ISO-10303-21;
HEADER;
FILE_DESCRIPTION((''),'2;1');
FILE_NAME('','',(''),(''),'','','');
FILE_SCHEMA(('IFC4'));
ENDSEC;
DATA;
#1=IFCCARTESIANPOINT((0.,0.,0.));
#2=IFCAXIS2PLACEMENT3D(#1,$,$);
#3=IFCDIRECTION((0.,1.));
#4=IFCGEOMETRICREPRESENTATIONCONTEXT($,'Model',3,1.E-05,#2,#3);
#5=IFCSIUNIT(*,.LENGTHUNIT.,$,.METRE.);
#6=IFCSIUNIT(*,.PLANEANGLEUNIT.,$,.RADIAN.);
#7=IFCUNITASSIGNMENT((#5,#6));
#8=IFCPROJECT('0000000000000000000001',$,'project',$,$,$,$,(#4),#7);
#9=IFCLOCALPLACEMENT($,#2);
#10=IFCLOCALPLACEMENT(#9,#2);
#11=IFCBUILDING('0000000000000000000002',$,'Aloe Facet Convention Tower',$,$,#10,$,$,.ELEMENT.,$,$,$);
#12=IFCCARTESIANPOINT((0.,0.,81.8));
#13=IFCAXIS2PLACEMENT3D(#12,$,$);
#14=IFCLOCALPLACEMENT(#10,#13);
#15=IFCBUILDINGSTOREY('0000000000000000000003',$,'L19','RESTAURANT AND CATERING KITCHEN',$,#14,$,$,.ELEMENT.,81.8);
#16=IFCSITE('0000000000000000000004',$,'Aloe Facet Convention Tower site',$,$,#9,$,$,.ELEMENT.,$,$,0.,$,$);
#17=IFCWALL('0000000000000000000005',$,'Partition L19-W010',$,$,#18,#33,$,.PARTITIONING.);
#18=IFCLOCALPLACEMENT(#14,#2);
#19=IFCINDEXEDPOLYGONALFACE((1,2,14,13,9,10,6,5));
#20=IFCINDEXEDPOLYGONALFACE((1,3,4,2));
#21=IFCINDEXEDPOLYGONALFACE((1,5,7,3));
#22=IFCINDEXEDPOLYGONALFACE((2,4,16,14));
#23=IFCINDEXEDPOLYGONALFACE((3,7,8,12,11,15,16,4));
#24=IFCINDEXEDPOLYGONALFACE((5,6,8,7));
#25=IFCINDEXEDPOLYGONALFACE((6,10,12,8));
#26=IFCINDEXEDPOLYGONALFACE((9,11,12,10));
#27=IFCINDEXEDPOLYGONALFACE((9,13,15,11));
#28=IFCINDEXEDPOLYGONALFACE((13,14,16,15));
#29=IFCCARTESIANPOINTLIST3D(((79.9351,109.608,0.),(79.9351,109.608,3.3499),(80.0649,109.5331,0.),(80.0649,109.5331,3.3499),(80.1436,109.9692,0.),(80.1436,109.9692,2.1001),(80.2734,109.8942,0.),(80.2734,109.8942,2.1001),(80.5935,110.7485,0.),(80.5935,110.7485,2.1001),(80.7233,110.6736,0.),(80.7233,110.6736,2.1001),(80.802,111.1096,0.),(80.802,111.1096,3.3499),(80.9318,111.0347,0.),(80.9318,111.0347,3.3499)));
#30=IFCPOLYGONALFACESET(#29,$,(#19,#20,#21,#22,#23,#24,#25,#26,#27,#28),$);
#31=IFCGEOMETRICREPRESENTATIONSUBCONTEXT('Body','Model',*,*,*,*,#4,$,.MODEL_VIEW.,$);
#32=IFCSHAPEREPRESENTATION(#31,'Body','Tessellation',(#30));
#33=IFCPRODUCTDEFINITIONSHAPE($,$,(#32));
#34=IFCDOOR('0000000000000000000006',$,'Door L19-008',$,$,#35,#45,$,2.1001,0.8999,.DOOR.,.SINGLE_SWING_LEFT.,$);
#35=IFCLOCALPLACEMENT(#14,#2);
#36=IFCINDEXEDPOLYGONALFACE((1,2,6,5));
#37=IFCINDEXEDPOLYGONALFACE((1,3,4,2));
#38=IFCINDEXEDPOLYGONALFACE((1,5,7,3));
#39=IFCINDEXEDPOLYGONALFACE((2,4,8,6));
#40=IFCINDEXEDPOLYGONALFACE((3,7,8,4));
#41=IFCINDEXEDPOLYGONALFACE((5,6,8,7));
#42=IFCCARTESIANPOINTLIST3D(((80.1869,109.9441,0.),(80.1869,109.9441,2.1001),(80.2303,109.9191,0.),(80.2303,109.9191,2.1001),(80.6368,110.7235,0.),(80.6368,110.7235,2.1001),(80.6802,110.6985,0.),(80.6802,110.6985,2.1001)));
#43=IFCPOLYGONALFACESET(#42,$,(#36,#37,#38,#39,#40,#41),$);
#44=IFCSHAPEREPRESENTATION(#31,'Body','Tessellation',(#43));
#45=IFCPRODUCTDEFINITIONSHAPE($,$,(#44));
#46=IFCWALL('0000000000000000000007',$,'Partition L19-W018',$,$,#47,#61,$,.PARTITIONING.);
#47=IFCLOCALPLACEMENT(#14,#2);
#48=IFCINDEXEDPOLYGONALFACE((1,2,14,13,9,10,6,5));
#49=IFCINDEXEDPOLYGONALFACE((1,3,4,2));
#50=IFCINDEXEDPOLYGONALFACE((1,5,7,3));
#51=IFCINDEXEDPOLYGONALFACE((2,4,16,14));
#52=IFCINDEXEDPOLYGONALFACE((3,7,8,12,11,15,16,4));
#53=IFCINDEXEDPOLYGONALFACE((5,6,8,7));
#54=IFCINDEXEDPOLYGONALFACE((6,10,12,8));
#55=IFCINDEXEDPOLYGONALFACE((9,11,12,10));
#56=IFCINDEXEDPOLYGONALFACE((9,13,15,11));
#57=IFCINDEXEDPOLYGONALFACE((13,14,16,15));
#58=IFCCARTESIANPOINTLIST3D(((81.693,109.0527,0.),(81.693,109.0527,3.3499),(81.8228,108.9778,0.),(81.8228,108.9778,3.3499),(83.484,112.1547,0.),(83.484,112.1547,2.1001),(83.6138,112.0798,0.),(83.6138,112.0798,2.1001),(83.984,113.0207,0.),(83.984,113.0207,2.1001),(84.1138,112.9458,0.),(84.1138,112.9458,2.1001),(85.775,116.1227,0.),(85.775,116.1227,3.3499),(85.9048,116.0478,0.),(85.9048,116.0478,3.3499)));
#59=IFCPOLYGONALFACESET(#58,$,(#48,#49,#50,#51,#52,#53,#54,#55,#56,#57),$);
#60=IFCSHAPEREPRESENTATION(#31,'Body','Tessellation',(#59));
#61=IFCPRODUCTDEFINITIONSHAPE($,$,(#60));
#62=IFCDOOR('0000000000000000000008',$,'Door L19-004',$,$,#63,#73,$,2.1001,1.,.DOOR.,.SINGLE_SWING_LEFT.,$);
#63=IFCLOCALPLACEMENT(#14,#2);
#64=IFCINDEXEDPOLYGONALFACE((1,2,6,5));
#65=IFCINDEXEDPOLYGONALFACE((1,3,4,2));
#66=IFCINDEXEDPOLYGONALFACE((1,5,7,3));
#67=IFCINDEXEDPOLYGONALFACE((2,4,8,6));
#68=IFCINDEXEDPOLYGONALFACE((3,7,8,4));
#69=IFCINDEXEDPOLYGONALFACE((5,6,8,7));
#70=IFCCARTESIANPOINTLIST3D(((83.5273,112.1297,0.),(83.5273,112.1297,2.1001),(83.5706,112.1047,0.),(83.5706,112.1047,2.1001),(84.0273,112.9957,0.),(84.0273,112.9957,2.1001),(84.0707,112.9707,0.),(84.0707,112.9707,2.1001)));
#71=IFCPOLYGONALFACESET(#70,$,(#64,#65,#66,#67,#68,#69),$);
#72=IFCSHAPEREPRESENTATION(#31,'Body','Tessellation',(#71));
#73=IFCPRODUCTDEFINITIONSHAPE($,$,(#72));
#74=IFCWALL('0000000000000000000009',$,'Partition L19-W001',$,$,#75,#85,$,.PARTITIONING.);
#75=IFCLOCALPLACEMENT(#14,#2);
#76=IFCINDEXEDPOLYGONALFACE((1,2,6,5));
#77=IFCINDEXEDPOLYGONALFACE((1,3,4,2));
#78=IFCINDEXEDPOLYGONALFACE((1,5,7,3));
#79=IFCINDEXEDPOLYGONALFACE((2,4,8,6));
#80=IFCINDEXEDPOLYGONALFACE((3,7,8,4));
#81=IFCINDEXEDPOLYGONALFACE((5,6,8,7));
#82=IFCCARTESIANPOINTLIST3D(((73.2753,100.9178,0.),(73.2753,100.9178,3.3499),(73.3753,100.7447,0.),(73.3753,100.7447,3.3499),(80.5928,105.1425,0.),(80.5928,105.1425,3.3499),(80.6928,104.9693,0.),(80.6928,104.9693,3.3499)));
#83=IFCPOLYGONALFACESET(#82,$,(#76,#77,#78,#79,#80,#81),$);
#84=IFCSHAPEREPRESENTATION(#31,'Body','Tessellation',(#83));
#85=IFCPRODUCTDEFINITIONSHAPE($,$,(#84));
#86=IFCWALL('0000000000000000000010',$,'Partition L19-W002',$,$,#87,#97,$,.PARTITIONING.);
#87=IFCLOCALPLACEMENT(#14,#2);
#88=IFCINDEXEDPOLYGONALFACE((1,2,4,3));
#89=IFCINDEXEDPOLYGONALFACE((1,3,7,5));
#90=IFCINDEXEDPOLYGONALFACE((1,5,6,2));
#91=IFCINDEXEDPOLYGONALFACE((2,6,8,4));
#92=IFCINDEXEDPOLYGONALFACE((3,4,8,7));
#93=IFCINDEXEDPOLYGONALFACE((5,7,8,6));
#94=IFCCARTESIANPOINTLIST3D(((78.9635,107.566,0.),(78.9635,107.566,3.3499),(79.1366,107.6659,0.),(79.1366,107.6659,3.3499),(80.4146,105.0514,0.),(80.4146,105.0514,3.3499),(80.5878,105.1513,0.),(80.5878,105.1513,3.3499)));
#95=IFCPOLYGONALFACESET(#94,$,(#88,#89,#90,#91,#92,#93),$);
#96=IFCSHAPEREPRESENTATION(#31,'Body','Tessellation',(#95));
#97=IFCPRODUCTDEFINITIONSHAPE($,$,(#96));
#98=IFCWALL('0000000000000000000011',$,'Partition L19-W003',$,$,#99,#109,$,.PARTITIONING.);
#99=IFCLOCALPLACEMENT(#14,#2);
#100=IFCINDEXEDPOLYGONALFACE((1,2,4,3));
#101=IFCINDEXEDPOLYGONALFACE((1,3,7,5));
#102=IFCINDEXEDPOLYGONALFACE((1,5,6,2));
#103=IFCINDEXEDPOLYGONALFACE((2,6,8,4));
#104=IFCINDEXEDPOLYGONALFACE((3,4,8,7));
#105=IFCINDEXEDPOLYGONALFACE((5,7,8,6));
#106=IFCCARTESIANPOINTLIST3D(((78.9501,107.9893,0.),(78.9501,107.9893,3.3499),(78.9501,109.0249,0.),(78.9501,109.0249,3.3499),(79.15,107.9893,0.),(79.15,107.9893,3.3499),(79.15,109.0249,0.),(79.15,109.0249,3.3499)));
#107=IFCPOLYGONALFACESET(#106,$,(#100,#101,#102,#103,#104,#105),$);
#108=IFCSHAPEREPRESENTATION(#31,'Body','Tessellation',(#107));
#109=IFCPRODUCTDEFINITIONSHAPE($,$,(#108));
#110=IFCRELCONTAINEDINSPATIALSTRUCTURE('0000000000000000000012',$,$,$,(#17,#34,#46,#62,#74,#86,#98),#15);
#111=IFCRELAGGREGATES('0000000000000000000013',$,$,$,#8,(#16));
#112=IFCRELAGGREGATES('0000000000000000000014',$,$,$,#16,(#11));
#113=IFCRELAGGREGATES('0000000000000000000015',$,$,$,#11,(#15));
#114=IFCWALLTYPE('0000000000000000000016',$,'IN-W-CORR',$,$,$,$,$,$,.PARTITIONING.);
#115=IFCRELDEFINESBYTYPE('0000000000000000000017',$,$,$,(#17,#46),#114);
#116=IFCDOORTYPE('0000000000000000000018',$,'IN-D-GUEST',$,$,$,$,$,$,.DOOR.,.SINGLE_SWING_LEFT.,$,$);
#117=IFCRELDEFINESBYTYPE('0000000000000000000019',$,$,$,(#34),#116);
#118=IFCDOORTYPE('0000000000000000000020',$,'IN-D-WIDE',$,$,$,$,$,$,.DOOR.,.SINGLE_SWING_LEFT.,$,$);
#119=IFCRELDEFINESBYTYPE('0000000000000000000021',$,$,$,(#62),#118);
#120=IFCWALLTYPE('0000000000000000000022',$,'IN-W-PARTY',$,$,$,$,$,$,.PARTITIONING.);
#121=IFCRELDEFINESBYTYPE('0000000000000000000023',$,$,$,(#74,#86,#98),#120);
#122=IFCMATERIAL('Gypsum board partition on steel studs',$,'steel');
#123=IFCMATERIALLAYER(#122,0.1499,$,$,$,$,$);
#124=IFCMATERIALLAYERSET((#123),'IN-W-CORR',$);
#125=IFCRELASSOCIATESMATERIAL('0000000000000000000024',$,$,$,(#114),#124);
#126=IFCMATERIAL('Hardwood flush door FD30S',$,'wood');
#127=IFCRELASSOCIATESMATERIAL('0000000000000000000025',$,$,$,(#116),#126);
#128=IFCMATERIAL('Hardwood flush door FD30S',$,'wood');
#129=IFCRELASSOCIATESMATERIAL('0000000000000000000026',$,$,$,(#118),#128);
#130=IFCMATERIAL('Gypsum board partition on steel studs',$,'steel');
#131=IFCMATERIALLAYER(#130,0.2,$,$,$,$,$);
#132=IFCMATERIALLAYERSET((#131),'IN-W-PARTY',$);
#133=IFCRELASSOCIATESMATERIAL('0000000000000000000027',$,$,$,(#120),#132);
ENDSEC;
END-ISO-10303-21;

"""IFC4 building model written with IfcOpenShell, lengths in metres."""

from ifc_helpers import new_model, si_unit, direction, frame, frame_2d, origin, place, context, subcontext, project, spatial, rectangle, extrude, material, layer, layer_set, type_object, element, fill, save


model = new_model("IFC4")

# Units and contexts
model_context = context("Model", 3, precision=1e-05, world=origin(), true_north=direction((0.0, 1.0)))
body_context = subcontext(model_context, "Body", "Model", "MODEL_VIEW")
ifc_project = project(units=[si_unit("LENGTHUNIT", "METRE"), si_unit("PLANEANGLEUNIT", "RADIAN")], contexts=[model_context])

# Site, building, storey
site_placement = place(None, origin())
site = spatial("IfcSite", under=ifc_project, at=site_placement, Name="Aloe Facet Convention Tower site", CompositionType="ELEMENT", RefElevation=0.0)
building_placement = place(site_placement, origin())
building = spatial("IfcBuilding", under=site, at=building_placement, Name="Aloe Facet Convention Tower", CompositionType="ELEMENT")
storey_placement = place(building_placement, frame((0.0, 0.0, 81.8)))
storey = spatial("IfcBuildingStorey", under=building, at=storey_placement, Name="L19", Description="RESTAURANT AND CATERING KITCHEN", CompositionType="ELEMENT", Elevation=81.8)

# Shared definitions
ifc_material_1 = material(Name="Gypsum board partition on steel studs", Category="steel")
ifc_layer_1 = layer(ifc_material_1, 0.1499)
ifc_layer_set_1 = layer_set([ifc_layer_1], Name="IN-W-CORR")
wall_type_1 = type_object("IfcWallType", Name="IN-W-CORR", PredefinedType="PARTITIONING", material=ifc_layer_set_1)

# Walls, openings, doors
wall_1_placement = place(storey_placement, frame((80.0, 109.5706, 0.0), z_axis=(0.0, 0.0, 1.0), x_axis=(0.49997, 0.866043, 0.0)))
wall_1 = element("IfcWall", 1, at=wall_1_placement, inside=storey, type_object=wall_type_1, Name="Partition L19-W010", PredefinedType="PARTITIONING", context=body_context, shape_type="SweptSolid", body=[
    extrude(rectangle(XDim=1.7339, YDim=0.1499, at=frame_2d((0.8669, 0.0))), origin(), (0.0, 0.0, 1.0), 3.3499),
])
opening_1_placement = place(wall_1_placement, frame((0.417, 0.0, 0.0)))
opening_1 = element("IfcOpeningElement", 2, at=opening_1_placement, cuts=wall_1, PredefinedType="OPENING", context=body_context, shape_type="SweptSolid", body=[
    extrude(rectangle(XDim=0.8999, YDim=2.1001, at=frame_2d((0.45, 1.05))), frame((0.0, 0.085, 0.0), z_axis=(0.0, -1.0, 0.0), x_axis=(1.0, 0.0, 0.0)), (0.0, 0.0, 1.0), 0.1699),
])
ifc_material_2 = material(Name="Hardwood flush door FD30S", Category="wood")
door_type_1 = type_object("IfcDoorType", Name="IN-D-GUEST", OperationType="SINGLE_SWING_LEFT", PredefinedType="DOOR", material=ifc_material_2)
door_1_placement = place(opening_1_placement, origin())
door_1 = element("IfcDoor", 3, at=door_1_placement, inside=storey, type_object=door_type_1, Name="Door L19-008", OperationType="SINGLE_SWING_LEFT", OverallHeight=2.1001, OverallWidth=0.8999, PredefinedType="DOOR", context=body_context, shape_type="SweptSolid", body=[
    extrude(rectangle(XDim=0.8999, YDim=2.1001, at=frame_2d((0.45, 1.05))), frame((0.0, 0.0249, 0.0), z_axis=(0.0, -1.0, 0.0), x_axis=(1.0, 0.0, 0.0)), (0.0, 0.0, 1.0), 0.05),
])
fill(opening_1, door_1)
wall_2_placement = place(storey_placement, frame((81.7578, 109.0151, 0.0), z_axis=(0.0, 0.0, 1.0), x_axis=(0.500012, 0.866019, 0.0)))
wall_2 = element("IfcWall", 4, at=wall_2_placement, inside=storey, type_object=wall_type_1, Name="Partition L19-W018", PredefinedType="PARTITIONING", context=body_context, shape_type="SweptSolid", body=[
    extrude(rectangle(XDim=8.1638, YDim=0.1499, at=frame_2d((4.082, 0.0))), origin(), (0.0, 0.0, 1.0), 3.3499),
])
opening_2_placement = place(wall_2_placement, frame((3.582, 0.0, 0.0)))
opening_2 = element("IfcOpeningElement", 5, at=opening_2_placement, cuts=wall_2, PredefinedType="OPENING", context=body_context, shape_type="SweptSolid", body=[
    extrude(rectangle(XDim=1.0, YDim=2.1001, at=frame_2d((0.5, 1.05))), frame((0.0, 0.085, 0.0), z_axis=(0.0, -1.0, 0.0), x_axis=(1.0, 0.0, 0.0)), (0.0, 0.0, 1.0), 0.1699),
])
ifc_material_3 = material(Name="Hardwood flush door FD30S", Category="wood")
door_type_2 = type_object("IfcDoorType", Name="IN-D-WIDE", OperationType="SINGLE_SWING_LEFT", PredefinedType="DOOR", material=ifc_material_3)
door_2_placement = place(opening_2_placement, origin())
door_2 = element("IfcDoor", 6, at=door_2_placement, inside=storey, type_object=door_type_2, Name="Door L19-004", OperationType="SINGLE_SWING_LEFT", OverallHeight=2.1001, OverallWidth=1.0, PredefinedType="DOOR", context=body_context, shape_type="SweptSolid", body=[
    extrude(rectangle(XDim=1.0, YDim=2.1001, at=frame_2d((0.5, 1.05))), frame((0.0, 0.0249, 0.0), z_axis=(0.0, -1.0, 0.0), x_axis=(1.0, 0.0, 0.0)), (0.0, 0.0, 1.0), 0.05),
])
fill(opening_2, door_2)

# Walls
ifc_material_4 = material(Name="Gypsum board partition on steel studs", Category="steel")
ifc_layer_2 = layer(ifc_material_4, 0.2)
ifc_layer_set_2 = layer_set([ifc_layer_2], Name="IN-W-PARTY")
wall_type_2 = type_object("IfcWallType", Name="IN-W-PARTY", PredefinedType="PARTITIONING", material=ifc_layer_set_2)
wall_3_placement = place(storey_placement, frame((73.3254, 100.8313, 0.0), z_axis=(0.0, 0.0, 1.0), x_axis=(0.86603, 0.499993, 0.0)))
element("IfcWall", 7, at=wall_3_placement, inside=storey, type_object=wall_type_2, Name="Partition L19-W001", PredefinedType="PARTITIONING", context=body_context, shape_type="SweptSolid", body=[
    extrude(rectangle(XDim=8.4495, YDim=0.2, at=frame_2d((4.2246, 0.0))), origin(), (0.0, 0.0, 1.0), 3.3499),
])
wall_4_placement = place(storey_placement, frame((79.05, 107.616, 0.0), z_axis=(0.0, 0.0, 1.0), x_axis=(0.499829, -0.866124, 0.0)))
element("IfcWall", 8, at=wall_4_placement, inside=storey, type_object=wall_type_2, Name="Partition L19-W002", PredefinedType="PARTITIONING", context=body_context, shape_type="SweptSolid", body=[
    extrude(rectangle(XDim=2.9033, YDim=0.2, at=frame_2d((1.4517, 0.0))), origin(), (0.0, 0.0, 1.0), 3.3499),
])
wall_5_placement = place(storey_placement, frame((79.05, 107.9893, 0.0), z_axis=(0.0, 0.0, 1.0), x_axis=(0.0, 1.0, 0.0)))
element("IfcWall", 9, at=wall_5_placement, inside=storey, type_object=wall_type_2, Name="Partition L19-W003", PredefinedType="PARTITIONING", context=body_context, shape_type="SweptSolid", body=[
    extrude(rectangle(XDim=1.0356, YDim=0.2, at=frame_2d((0.5178, 0.0))), origin(), (0.0, 0.0, 1.0), 3.3499),
])

save(model, "model.ifc")
